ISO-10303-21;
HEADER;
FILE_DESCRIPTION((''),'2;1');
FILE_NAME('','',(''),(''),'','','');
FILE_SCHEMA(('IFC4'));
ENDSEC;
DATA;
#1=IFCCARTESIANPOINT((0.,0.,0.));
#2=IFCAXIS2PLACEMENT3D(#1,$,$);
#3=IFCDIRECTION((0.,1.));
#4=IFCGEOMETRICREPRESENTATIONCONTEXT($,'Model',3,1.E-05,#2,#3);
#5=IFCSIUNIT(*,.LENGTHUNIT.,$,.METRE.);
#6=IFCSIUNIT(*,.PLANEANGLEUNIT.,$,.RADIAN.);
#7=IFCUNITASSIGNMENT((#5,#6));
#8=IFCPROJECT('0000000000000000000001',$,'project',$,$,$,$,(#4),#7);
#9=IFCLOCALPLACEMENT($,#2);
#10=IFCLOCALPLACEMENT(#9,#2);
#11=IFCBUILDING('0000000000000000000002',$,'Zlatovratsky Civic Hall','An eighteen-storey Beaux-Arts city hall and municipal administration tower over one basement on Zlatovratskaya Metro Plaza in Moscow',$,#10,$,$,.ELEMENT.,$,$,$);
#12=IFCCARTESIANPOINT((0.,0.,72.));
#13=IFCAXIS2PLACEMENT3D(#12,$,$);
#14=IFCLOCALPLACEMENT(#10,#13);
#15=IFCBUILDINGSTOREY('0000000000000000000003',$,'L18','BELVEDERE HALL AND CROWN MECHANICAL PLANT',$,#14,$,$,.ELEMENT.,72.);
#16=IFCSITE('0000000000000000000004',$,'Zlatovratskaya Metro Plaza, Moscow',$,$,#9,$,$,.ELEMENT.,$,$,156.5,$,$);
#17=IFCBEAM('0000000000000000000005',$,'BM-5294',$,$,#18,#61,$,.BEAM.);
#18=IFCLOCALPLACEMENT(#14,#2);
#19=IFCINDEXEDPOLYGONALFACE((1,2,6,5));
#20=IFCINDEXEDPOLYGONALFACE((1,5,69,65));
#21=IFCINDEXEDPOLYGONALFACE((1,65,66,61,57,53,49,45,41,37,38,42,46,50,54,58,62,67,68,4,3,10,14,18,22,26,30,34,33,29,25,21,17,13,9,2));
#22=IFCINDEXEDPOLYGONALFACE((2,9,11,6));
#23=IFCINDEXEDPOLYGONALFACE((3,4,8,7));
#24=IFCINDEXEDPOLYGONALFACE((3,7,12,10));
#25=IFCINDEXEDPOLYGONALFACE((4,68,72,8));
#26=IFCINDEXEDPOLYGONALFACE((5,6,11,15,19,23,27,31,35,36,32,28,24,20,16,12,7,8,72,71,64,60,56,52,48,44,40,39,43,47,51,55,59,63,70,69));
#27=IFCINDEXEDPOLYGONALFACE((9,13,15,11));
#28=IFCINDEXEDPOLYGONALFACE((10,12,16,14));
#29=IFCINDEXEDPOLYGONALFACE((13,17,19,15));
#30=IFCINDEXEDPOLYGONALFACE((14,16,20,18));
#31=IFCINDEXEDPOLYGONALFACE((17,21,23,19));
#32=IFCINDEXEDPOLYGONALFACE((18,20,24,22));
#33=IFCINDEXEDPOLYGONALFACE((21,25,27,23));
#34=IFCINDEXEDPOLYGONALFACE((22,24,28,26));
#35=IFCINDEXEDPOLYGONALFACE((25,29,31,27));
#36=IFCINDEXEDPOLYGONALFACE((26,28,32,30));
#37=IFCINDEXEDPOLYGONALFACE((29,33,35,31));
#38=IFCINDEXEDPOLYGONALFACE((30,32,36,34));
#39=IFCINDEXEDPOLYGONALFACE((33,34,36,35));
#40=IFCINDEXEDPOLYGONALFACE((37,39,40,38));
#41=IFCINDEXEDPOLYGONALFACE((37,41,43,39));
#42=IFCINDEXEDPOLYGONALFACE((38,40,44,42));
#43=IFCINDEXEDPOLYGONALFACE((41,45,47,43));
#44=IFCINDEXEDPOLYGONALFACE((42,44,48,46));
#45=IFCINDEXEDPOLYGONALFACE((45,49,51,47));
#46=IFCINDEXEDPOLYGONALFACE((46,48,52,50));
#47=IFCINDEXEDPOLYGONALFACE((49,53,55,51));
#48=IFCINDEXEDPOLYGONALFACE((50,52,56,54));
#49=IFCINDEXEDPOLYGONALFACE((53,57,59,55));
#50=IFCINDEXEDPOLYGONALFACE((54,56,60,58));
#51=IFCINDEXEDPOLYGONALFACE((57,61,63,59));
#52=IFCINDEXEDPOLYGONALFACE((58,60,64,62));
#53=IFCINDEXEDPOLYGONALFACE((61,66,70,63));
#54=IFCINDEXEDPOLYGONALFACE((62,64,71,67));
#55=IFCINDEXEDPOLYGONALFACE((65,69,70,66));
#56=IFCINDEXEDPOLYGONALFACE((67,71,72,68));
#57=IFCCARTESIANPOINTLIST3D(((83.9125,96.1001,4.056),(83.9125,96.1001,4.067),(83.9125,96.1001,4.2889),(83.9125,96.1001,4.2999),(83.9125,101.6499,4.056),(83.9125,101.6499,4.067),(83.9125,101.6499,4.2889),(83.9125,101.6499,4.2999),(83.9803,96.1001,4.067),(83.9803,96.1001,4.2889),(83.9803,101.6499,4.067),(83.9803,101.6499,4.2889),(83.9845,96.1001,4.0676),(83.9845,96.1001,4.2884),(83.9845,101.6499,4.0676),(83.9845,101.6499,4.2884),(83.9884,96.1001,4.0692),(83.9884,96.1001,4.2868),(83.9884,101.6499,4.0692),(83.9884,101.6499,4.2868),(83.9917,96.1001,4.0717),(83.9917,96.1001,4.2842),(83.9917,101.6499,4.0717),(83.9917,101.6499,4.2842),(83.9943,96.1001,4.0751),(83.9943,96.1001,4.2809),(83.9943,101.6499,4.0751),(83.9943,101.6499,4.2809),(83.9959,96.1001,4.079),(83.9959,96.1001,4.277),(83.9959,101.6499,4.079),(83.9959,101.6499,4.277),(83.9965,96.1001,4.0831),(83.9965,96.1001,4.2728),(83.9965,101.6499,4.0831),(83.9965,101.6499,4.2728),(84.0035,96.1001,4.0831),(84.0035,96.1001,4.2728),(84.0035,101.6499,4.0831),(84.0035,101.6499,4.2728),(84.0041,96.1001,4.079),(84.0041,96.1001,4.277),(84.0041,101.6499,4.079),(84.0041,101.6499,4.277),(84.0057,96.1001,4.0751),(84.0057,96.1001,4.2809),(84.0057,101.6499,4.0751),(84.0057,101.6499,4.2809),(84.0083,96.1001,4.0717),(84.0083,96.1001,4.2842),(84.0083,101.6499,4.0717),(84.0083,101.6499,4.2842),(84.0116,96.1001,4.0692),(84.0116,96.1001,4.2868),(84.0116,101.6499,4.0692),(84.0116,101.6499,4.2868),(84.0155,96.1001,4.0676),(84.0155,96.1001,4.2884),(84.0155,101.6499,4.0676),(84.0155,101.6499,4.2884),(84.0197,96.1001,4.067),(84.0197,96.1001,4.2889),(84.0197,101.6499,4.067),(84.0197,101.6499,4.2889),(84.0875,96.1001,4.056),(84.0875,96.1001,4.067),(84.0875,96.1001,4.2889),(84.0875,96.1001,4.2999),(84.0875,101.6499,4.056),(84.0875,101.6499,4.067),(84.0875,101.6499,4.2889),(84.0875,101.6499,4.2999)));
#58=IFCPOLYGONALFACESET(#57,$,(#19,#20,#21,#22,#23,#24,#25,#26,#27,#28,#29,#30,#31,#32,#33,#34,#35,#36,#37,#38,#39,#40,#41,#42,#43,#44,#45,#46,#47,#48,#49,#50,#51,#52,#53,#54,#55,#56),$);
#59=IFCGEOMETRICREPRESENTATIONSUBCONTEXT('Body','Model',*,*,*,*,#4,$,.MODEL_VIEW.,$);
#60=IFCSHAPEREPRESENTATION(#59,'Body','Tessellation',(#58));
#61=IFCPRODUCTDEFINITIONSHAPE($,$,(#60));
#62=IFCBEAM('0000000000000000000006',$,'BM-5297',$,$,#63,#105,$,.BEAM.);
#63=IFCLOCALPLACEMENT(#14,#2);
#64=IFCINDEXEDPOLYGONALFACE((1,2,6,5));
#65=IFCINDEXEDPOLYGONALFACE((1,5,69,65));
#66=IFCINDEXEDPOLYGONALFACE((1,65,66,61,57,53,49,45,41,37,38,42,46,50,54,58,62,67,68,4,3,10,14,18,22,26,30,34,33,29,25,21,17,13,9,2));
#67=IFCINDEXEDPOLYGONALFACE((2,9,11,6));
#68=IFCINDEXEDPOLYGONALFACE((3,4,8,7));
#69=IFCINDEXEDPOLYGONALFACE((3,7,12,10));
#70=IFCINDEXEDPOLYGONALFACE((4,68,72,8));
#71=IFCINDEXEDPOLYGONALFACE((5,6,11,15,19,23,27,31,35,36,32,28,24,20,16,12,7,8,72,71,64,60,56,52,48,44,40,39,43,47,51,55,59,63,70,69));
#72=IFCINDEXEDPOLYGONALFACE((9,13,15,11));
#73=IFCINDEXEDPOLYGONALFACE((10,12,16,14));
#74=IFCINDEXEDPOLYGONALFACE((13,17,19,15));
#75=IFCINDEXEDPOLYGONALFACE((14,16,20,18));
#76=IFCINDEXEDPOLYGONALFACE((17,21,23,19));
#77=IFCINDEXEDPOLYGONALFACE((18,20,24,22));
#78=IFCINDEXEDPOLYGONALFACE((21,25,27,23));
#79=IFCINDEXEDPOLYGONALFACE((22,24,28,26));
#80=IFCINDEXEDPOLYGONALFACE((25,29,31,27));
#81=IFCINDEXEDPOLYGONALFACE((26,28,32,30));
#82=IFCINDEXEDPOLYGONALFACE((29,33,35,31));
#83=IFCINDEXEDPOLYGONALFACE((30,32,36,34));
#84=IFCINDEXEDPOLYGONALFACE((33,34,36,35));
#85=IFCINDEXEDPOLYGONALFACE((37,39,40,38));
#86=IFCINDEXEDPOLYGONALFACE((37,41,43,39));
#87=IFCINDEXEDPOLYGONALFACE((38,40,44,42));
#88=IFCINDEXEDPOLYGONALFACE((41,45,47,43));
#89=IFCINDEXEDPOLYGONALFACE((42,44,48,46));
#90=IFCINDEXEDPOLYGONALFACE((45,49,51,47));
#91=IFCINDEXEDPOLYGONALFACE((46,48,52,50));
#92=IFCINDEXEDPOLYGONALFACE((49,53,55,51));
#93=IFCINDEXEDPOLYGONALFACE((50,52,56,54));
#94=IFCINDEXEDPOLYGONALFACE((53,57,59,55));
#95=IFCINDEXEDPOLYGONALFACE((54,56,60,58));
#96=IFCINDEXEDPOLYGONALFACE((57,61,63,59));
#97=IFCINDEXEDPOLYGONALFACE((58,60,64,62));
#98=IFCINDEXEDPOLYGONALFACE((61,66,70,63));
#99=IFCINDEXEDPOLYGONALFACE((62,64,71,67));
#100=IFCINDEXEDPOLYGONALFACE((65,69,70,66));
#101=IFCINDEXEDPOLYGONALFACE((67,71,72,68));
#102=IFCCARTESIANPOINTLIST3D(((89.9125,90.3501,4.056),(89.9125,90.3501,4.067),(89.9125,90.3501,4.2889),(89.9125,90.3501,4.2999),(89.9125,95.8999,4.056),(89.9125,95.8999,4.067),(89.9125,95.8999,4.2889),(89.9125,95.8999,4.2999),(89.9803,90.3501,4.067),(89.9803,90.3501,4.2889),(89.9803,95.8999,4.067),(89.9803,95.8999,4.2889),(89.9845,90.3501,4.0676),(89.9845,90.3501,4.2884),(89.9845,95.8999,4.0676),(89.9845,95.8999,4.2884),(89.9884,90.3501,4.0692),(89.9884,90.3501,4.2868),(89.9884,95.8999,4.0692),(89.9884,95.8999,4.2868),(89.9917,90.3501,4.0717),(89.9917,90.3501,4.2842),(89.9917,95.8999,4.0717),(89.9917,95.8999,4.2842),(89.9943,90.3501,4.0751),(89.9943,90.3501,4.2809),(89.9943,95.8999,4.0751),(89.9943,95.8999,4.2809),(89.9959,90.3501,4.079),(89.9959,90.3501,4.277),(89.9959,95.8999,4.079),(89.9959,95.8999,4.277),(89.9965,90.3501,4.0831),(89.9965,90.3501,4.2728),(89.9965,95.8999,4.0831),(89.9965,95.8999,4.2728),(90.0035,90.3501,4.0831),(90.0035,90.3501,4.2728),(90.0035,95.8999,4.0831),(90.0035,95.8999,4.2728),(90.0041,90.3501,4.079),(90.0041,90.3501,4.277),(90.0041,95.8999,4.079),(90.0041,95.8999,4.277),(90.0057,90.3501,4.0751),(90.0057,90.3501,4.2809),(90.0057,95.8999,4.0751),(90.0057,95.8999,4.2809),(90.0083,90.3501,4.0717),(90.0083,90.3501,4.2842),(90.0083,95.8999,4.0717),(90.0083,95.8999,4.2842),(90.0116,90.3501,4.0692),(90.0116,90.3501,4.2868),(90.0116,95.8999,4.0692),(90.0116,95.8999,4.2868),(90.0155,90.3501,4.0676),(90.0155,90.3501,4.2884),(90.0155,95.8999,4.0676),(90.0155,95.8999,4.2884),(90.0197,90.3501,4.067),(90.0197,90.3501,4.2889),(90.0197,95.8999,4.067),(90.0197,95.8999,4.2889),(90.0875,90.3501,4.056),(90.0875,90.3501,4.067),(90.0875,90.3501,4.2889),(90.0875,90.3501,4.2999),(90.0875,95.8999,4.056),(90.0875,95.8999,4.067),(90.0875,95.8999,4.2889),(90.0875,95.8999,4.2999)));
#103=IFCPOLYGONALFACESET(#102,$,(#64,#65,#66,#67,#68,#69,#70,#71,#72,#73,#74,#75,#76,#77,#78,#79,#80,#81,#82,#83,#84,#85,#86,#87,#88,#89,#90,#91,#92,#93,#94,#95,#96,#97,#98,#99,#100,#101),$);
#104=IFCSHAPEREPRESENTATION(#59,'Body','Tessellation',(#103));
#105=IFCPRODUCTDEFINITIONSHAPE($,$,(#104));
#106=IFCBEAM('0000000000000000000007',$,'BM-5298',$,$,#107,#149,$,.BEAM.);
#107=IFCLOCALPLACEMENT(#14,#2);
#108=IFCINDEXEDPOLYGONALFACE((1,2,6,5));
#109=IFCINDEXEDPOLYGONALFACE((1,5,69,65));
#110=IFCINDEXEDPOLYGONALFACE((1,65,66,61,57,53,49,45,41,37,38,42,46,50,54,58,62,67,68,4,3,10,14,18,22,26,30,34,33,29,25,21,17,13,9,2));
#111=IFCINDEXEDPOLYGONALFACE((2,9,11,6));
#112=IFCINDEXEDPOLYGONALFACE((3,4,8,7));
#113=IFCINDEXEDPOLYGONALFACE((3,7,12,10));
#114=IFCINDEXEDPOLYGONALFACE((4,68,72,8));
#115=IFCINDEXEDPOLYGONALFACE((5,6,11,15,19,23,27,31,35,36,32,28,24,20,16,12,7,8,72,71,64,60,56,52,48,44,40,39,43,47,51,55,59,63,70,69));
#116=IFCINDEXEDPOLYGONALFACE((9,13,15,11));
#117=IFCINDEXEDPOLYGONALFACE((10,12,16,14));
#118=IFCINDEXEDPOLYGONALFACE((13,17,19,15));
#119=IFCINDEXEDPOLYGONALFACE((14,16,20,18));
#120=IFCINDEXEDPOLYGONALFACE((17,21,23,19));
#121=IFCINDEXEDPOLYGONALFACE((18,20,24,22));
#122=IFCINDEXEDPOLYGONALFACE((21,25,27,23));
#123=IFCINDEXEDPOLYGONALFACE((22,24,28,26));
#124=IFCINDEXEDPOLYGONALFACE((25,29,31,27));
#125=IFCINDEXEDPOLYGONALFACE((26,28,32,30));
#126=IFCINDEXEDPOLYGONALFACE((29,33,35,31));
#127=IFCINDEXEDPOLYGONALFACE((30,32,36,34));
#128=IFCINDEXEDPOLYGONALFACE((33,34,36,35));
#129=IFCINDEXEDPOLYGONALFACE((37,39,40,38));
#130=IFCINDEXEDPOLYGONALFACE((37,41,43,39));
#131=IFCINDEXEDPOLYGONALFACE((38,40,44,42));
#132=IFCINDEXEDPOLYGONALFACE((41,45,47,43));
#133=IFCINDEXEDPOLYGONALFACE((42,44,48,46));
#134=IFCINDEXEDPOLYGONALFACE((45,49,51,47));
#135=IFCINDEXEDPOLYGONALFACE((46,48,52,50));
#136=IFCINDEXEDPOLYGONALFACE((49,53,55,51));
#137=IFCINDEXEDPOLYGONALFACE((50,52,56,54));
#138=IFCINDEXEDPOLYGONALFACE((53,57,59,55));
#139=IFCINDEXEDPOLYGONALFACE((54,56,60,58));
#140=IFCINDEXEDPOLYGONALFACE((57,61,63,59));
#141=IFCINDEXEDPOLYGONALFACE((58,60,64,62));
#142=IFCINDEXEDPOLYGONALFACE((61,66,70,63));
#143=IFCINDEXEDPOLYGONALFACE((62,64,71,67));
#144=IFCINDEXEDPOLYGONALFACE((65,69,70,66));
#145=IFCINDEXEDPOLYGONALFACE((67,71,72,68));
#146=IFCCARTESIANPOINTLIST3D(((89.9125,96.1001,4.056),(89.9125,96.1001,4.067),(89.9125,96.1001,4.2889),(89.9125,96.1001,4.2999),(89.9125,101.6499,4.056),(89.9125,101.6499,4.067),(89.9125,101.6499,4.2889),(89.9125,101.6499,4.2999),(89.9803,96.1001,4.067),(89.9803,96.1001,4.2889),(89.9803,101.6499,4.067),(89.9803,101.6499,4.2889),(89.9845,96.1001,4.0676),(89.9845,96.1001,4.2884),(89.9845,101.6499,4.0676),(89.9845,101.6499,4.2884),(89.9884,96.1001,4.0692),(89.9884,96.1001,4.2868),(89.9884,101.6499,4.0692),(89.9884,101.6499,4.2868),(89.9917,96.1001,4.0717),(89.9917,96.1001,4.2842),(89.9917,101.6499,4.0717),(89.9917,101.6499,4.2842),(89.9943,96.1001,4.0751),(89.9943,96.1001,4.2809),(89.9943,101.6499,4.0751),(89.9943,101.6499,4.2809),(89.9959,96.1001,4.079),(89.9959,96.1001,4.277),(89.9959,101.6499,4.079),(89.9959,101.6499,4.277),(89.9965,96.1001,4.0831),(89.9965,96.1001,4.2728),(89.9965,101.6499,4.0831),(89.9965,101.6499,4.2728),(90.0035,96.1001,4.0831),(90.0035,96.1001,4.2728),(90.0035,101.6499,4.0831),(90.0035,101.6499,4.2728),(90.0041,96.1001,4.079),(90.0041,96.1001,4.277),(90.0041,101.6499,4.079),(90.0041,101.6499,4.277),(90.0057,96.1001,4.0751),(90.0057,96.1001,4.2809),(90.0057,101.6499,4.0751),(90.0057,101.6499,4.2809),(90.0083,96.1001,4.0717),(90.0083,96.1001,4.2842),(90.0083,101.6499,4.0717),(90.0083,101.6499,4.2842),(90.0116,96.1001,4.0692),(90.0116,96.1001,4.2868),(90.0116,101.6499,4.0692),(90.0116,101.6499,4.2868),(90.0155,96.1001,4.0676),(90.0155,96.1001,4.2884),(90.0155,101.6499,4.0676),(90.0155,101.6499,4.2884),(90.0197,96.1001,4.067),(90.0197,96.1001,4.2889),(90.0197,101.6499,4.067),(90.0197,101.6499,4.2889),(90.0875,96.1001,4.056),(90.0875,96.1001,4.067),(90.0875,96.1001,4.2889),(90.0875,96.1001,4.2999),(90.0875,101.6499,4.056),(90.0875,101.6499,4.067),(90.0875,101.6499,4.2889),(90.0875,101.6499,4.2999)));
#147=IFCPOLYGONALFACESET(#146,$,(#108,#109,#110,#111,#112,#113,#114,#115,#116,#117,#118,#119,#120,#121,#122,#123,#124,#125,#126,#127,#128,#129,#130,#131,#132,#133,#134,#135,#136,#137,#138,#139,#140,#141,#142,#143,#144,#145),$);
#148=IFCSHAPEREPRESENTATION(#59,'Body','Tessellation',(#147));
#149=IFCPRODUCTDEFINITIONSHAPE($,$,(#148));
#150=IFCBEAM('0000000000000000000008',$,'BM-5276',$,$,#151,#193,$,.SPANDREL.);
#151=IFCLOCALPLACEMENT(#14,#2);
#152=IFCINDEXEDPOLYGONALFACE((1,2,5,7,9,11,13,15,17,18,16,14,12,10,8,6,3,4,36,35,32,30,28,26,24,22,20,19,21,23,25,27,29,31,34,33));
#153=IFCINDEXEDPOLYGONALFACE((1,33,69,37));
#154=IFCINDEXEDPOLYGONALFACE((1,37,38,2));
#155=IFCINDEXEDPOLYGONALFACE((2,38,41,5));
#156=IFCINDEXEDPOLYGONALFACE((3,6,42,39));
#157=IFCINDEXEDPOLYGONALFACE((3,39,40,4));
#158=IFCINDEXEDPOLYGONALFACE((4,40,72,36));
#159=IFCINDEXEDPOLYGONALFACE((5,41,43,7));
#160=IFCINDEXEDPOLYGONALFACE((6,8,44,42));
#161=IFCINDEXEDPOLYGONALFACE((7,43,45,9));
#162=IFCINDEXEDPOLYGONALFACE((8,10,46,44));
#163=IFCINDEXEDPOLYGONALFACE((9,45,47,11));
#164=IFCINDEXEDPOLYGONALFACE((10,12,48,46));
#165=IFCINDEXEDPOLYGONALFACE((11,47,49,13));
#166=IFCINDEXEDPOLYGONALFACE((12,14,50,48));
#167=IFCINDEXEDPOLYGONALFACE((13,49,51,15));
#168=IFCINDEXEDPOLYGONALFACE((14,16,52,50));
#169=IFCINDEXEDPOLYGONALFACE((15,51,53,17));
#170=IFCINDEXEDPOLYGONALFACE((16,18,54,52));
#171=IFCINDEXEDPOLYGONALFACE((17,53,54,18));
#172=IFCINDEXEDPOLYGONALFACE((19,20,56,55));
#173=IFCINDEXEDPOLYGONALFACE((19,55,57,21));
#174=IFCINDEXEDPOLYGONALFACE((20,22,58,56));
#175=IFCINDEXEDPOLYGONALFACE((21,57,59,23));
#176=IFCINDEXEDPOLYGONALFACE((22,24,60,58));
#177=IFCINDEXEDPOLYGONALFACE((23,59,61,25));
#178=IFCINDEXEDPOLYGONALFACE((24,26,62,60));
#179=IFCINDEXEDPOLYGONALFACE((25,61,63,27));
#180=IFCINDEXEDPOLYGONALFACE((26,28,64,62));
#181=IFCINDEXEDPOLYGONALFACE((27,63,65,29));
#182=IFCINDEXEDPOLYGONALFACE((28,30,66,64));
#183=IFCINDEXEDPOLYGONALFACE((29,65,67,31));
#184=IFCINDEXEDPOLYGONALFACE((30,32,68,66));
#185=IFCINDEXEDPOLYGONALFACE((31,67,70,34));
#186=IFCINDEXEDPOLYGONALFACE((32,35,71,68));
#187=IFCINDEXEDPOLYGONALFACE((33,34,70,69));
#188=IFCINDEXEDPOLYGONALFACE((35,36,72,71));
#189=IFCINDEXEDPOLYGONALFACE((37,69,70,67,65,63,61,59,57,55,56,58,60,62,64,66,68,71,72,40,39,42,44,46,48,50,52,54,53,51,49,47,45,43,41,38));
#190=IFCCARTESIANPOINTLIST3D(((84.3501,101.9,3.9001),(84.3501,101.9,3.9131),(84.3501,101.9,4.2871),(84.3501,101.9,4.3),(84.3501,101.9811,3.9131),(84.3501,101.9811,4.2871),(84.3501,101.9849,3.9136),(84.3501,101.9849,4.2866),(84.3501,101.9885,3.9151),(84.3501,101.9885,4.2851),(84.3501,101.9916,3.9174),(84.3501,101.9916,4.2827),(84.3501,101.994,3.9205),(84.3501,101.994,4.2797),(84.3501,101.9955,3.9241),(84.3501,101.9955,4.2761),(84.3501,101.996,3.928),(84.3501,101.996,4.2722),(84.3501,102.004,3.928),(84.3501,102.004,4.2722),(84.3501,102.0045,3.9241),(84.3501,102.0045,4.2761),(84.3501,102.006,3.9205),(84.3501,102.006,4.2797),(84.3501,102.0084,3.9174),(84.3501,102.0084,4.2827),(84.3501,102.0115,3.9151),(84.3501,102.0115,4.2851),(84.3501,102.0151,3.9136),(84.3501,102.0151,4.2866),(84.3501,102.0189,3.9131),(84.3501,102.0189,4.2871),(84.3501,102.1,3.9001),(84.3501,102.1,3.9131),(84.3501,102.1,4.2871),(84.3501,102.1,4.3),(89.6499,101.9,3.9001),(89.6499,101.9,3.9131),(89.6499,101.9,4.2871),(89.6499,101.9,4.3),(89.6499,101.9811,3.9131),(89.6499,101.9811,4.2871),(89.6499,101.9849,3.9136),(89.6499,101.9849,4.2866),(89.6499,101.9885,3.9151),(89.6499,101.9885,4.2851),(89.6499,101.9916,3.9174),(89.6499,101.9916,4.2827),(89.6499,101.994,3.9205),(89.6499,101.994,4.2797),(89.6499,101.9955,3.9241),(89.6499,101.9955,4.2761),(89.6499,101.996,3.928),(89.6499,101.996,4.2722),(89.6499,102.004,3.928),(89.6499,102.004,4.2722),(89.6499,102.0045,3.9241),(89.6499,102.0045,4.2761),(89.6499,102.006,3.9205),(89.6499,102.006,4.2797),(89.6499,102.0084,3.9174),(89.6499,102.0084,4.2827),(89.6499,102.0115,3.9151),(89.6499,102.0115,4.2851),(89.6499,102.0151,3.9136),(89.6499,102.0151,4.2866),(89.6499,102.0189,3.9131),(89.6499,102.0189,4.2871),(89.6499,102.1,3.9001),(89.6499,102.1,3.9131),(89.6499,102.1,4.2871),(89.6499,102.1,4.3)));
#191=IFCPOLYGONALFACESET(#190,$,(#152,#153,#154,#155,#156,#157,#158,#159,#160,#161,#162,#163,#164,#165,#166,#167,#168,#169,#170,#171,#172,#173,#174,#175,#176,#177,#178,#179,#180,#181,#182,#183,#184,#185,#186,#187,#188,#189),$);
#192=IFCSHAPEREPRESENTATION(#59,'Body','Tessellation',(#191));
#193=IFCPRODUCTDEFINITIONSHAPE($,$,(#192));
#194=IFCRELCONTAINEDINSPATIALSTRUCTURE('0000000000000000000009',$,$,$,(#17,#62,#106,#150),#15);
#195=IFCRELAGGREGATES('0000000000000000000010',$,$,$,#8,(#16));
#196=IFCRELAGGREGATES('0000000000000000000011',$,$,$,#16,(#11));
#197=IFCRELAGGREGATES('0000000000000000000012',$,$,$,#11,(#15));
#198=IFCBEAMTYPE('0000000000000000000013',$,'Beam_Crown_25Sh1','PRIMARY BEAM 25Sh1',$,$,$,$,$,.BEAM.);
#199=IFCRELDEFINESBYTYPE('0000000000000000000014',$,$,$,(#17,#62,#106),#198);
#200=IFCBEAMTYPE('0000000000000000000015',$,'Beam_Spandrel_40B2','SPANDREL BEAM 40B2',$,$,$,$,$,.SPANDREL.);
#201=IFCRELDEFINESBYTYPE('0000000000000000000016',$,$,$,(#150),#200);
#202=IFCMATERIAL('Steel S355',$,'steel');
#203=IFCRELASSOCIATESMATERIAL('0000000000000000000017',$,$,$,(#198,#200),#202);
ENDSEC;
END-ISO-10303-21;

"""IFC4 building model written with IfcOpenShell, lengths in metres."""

from ifc_helpers import new_model, si_unit, direction, frame, origin, origin_2d, place, context, subcontext, project, spatial, i_section, extrude, material, material_profile, profile_set, type_object, element, save


model = new_model("IFC4")

# Units and contexts
model_context = context("Model", 3, precision=1e-05, world=origin(), true_north=direction((0.0, 1.0)))
body_context = subcontext(model_context, "Body", "Model", "MODEL_VIEW")
ifc_project = project(units=[si_unit("LENGTHUNIT", "METRE"), si_unit("PLANEANGLEUNIT", "RADIAN")], contexts=[model_context])

# Site, building, storey
site_placement = place(None, origin())
site = spatial("IfcSite", under=ifc_project, at=site_placement, Name="Zlatovratskaya Metro Plaza, Moscow", CompositionType="ELEMENT", RefElevation=156.5)
building_placement = place(site_placement, origin())
building = spatial("IfcBuilding", under=site, at=building_placement, Name="Zlatovratsky Civic Hall", Description="An eighteen-storey Beaux-Arts city hall and municipal administration tower over one basement on Zlatovratskaya Metro Plaza in Moscow", CompositionType="ELEMENT")
storey_placement = place(building_placement, frame((0.0, 0.0, 72.0)))
storey = spatial("IfcBuildingStorey", under=building, at=storey_placement, Name="L18", Description="BELVEDERE HALL AND CROWN MECHANICAL PLANT", CompositionType="ELEMENT", Elevation=72.0)

# Shared definitions
ifc_material_1 = material(Name="Steel S355", Category="steel")

# Beams
ifc_material_profile_1 = material_profile(ifc_material_1, i_section(OverallWidth=0.175, OverallDepth=0.2439, WebThickness=0.0071, FlangeThickness=0.011, FilletRadius=0.0161, at=origin_2d()), Name="25Sh1")
ifc_profile_set_1 = profile_set([ifc_material_profile_1], Name="Steel S355")
beam_type_1 = type_object("IfcBeamType", Name="Beam_Crown_25Sh1", Description="PRIMARY BEAM 25Sh1", PredefinedType="BEAM", material=ifc_profile_set_1)
for number, where, z_axis, x_axis, name in (
    (1, (84.0, 96.1001, 4.178), (0.0, 1.0, 0.0), (-1.0, 0.0, 0.0), "BM-5294"),
    (2, (90.0, 90.3501, 4.178), (0.0, 1.0, 0.0), (-1.0, 0.0, 0.0), "BM-5297"),
    (3, (90.0, 96.1001, 4.178), (0.0, 1.0, 0.0), (-1.0, 0.0, 0.0), "BM-5298"),
):
    element("IfcBeam", number, at=place(storey_placement, frame(where, z_axis=z_axis, x_axis=x_axis)), inside=storey, type_object=beam_type_1, Name=name, PredefinedType="BEAM", context=body_context, shape_type="SweptSolid", body=[
        extrude(i_section(OverallWidth=0.175, OverallDepth=0.2439, WebThickness=0.0071, FlangeThickness=0.011, FilletRadius=0.0161, at=origin_2d()), origin(), (0.0, 0.0, 1.0), 5.5498),
    ])
ifc_material_profile_2 = material_profile(ifc_material_1, i_section(OverallWidth=0.2, OverallDepth=0.3999, WebThickness=0.0081, FlangeThickness=0.0129, FilletRadius=0.0149, at=origin_2d()), Name="40B2")
ifc_profile_set_2 = profile_set([ifc_material_profile_2], Name="Steel S355")
beam_type_2 = type_object("IfcBeamType", Name="Beam_Spandrel_40B2", Description="SPANDREL BEAM 40B2", PredefinedType="SPANDREL", material=ifc_profile_set_2)
beam_1_placement = place(storey_placement, frame((84.3501, 102.0, 4.1001), z_axis=(1.0, 0.0, 0.0), x_axis=(0.0, 1.0, 0.0)))
element("IfcBeam", 4, at=beam_1_placement, inside=storey, type_object=beam_type_2, Name="BM-5276", PredefinedType="SPANDREL", context=body_context, shape_type="SweptSolid", body=[
    extrude(i_section(OverallWidth=0.2, OverallDepth=0.3999, WebThickness=0.0081, FlangeThickness=0.0129, FilletRadius=0.0149, at=origin_2d()), origin(), (0.0, 0.0, 1.0), 5.2998),
])

save(model, "model.ifc")
